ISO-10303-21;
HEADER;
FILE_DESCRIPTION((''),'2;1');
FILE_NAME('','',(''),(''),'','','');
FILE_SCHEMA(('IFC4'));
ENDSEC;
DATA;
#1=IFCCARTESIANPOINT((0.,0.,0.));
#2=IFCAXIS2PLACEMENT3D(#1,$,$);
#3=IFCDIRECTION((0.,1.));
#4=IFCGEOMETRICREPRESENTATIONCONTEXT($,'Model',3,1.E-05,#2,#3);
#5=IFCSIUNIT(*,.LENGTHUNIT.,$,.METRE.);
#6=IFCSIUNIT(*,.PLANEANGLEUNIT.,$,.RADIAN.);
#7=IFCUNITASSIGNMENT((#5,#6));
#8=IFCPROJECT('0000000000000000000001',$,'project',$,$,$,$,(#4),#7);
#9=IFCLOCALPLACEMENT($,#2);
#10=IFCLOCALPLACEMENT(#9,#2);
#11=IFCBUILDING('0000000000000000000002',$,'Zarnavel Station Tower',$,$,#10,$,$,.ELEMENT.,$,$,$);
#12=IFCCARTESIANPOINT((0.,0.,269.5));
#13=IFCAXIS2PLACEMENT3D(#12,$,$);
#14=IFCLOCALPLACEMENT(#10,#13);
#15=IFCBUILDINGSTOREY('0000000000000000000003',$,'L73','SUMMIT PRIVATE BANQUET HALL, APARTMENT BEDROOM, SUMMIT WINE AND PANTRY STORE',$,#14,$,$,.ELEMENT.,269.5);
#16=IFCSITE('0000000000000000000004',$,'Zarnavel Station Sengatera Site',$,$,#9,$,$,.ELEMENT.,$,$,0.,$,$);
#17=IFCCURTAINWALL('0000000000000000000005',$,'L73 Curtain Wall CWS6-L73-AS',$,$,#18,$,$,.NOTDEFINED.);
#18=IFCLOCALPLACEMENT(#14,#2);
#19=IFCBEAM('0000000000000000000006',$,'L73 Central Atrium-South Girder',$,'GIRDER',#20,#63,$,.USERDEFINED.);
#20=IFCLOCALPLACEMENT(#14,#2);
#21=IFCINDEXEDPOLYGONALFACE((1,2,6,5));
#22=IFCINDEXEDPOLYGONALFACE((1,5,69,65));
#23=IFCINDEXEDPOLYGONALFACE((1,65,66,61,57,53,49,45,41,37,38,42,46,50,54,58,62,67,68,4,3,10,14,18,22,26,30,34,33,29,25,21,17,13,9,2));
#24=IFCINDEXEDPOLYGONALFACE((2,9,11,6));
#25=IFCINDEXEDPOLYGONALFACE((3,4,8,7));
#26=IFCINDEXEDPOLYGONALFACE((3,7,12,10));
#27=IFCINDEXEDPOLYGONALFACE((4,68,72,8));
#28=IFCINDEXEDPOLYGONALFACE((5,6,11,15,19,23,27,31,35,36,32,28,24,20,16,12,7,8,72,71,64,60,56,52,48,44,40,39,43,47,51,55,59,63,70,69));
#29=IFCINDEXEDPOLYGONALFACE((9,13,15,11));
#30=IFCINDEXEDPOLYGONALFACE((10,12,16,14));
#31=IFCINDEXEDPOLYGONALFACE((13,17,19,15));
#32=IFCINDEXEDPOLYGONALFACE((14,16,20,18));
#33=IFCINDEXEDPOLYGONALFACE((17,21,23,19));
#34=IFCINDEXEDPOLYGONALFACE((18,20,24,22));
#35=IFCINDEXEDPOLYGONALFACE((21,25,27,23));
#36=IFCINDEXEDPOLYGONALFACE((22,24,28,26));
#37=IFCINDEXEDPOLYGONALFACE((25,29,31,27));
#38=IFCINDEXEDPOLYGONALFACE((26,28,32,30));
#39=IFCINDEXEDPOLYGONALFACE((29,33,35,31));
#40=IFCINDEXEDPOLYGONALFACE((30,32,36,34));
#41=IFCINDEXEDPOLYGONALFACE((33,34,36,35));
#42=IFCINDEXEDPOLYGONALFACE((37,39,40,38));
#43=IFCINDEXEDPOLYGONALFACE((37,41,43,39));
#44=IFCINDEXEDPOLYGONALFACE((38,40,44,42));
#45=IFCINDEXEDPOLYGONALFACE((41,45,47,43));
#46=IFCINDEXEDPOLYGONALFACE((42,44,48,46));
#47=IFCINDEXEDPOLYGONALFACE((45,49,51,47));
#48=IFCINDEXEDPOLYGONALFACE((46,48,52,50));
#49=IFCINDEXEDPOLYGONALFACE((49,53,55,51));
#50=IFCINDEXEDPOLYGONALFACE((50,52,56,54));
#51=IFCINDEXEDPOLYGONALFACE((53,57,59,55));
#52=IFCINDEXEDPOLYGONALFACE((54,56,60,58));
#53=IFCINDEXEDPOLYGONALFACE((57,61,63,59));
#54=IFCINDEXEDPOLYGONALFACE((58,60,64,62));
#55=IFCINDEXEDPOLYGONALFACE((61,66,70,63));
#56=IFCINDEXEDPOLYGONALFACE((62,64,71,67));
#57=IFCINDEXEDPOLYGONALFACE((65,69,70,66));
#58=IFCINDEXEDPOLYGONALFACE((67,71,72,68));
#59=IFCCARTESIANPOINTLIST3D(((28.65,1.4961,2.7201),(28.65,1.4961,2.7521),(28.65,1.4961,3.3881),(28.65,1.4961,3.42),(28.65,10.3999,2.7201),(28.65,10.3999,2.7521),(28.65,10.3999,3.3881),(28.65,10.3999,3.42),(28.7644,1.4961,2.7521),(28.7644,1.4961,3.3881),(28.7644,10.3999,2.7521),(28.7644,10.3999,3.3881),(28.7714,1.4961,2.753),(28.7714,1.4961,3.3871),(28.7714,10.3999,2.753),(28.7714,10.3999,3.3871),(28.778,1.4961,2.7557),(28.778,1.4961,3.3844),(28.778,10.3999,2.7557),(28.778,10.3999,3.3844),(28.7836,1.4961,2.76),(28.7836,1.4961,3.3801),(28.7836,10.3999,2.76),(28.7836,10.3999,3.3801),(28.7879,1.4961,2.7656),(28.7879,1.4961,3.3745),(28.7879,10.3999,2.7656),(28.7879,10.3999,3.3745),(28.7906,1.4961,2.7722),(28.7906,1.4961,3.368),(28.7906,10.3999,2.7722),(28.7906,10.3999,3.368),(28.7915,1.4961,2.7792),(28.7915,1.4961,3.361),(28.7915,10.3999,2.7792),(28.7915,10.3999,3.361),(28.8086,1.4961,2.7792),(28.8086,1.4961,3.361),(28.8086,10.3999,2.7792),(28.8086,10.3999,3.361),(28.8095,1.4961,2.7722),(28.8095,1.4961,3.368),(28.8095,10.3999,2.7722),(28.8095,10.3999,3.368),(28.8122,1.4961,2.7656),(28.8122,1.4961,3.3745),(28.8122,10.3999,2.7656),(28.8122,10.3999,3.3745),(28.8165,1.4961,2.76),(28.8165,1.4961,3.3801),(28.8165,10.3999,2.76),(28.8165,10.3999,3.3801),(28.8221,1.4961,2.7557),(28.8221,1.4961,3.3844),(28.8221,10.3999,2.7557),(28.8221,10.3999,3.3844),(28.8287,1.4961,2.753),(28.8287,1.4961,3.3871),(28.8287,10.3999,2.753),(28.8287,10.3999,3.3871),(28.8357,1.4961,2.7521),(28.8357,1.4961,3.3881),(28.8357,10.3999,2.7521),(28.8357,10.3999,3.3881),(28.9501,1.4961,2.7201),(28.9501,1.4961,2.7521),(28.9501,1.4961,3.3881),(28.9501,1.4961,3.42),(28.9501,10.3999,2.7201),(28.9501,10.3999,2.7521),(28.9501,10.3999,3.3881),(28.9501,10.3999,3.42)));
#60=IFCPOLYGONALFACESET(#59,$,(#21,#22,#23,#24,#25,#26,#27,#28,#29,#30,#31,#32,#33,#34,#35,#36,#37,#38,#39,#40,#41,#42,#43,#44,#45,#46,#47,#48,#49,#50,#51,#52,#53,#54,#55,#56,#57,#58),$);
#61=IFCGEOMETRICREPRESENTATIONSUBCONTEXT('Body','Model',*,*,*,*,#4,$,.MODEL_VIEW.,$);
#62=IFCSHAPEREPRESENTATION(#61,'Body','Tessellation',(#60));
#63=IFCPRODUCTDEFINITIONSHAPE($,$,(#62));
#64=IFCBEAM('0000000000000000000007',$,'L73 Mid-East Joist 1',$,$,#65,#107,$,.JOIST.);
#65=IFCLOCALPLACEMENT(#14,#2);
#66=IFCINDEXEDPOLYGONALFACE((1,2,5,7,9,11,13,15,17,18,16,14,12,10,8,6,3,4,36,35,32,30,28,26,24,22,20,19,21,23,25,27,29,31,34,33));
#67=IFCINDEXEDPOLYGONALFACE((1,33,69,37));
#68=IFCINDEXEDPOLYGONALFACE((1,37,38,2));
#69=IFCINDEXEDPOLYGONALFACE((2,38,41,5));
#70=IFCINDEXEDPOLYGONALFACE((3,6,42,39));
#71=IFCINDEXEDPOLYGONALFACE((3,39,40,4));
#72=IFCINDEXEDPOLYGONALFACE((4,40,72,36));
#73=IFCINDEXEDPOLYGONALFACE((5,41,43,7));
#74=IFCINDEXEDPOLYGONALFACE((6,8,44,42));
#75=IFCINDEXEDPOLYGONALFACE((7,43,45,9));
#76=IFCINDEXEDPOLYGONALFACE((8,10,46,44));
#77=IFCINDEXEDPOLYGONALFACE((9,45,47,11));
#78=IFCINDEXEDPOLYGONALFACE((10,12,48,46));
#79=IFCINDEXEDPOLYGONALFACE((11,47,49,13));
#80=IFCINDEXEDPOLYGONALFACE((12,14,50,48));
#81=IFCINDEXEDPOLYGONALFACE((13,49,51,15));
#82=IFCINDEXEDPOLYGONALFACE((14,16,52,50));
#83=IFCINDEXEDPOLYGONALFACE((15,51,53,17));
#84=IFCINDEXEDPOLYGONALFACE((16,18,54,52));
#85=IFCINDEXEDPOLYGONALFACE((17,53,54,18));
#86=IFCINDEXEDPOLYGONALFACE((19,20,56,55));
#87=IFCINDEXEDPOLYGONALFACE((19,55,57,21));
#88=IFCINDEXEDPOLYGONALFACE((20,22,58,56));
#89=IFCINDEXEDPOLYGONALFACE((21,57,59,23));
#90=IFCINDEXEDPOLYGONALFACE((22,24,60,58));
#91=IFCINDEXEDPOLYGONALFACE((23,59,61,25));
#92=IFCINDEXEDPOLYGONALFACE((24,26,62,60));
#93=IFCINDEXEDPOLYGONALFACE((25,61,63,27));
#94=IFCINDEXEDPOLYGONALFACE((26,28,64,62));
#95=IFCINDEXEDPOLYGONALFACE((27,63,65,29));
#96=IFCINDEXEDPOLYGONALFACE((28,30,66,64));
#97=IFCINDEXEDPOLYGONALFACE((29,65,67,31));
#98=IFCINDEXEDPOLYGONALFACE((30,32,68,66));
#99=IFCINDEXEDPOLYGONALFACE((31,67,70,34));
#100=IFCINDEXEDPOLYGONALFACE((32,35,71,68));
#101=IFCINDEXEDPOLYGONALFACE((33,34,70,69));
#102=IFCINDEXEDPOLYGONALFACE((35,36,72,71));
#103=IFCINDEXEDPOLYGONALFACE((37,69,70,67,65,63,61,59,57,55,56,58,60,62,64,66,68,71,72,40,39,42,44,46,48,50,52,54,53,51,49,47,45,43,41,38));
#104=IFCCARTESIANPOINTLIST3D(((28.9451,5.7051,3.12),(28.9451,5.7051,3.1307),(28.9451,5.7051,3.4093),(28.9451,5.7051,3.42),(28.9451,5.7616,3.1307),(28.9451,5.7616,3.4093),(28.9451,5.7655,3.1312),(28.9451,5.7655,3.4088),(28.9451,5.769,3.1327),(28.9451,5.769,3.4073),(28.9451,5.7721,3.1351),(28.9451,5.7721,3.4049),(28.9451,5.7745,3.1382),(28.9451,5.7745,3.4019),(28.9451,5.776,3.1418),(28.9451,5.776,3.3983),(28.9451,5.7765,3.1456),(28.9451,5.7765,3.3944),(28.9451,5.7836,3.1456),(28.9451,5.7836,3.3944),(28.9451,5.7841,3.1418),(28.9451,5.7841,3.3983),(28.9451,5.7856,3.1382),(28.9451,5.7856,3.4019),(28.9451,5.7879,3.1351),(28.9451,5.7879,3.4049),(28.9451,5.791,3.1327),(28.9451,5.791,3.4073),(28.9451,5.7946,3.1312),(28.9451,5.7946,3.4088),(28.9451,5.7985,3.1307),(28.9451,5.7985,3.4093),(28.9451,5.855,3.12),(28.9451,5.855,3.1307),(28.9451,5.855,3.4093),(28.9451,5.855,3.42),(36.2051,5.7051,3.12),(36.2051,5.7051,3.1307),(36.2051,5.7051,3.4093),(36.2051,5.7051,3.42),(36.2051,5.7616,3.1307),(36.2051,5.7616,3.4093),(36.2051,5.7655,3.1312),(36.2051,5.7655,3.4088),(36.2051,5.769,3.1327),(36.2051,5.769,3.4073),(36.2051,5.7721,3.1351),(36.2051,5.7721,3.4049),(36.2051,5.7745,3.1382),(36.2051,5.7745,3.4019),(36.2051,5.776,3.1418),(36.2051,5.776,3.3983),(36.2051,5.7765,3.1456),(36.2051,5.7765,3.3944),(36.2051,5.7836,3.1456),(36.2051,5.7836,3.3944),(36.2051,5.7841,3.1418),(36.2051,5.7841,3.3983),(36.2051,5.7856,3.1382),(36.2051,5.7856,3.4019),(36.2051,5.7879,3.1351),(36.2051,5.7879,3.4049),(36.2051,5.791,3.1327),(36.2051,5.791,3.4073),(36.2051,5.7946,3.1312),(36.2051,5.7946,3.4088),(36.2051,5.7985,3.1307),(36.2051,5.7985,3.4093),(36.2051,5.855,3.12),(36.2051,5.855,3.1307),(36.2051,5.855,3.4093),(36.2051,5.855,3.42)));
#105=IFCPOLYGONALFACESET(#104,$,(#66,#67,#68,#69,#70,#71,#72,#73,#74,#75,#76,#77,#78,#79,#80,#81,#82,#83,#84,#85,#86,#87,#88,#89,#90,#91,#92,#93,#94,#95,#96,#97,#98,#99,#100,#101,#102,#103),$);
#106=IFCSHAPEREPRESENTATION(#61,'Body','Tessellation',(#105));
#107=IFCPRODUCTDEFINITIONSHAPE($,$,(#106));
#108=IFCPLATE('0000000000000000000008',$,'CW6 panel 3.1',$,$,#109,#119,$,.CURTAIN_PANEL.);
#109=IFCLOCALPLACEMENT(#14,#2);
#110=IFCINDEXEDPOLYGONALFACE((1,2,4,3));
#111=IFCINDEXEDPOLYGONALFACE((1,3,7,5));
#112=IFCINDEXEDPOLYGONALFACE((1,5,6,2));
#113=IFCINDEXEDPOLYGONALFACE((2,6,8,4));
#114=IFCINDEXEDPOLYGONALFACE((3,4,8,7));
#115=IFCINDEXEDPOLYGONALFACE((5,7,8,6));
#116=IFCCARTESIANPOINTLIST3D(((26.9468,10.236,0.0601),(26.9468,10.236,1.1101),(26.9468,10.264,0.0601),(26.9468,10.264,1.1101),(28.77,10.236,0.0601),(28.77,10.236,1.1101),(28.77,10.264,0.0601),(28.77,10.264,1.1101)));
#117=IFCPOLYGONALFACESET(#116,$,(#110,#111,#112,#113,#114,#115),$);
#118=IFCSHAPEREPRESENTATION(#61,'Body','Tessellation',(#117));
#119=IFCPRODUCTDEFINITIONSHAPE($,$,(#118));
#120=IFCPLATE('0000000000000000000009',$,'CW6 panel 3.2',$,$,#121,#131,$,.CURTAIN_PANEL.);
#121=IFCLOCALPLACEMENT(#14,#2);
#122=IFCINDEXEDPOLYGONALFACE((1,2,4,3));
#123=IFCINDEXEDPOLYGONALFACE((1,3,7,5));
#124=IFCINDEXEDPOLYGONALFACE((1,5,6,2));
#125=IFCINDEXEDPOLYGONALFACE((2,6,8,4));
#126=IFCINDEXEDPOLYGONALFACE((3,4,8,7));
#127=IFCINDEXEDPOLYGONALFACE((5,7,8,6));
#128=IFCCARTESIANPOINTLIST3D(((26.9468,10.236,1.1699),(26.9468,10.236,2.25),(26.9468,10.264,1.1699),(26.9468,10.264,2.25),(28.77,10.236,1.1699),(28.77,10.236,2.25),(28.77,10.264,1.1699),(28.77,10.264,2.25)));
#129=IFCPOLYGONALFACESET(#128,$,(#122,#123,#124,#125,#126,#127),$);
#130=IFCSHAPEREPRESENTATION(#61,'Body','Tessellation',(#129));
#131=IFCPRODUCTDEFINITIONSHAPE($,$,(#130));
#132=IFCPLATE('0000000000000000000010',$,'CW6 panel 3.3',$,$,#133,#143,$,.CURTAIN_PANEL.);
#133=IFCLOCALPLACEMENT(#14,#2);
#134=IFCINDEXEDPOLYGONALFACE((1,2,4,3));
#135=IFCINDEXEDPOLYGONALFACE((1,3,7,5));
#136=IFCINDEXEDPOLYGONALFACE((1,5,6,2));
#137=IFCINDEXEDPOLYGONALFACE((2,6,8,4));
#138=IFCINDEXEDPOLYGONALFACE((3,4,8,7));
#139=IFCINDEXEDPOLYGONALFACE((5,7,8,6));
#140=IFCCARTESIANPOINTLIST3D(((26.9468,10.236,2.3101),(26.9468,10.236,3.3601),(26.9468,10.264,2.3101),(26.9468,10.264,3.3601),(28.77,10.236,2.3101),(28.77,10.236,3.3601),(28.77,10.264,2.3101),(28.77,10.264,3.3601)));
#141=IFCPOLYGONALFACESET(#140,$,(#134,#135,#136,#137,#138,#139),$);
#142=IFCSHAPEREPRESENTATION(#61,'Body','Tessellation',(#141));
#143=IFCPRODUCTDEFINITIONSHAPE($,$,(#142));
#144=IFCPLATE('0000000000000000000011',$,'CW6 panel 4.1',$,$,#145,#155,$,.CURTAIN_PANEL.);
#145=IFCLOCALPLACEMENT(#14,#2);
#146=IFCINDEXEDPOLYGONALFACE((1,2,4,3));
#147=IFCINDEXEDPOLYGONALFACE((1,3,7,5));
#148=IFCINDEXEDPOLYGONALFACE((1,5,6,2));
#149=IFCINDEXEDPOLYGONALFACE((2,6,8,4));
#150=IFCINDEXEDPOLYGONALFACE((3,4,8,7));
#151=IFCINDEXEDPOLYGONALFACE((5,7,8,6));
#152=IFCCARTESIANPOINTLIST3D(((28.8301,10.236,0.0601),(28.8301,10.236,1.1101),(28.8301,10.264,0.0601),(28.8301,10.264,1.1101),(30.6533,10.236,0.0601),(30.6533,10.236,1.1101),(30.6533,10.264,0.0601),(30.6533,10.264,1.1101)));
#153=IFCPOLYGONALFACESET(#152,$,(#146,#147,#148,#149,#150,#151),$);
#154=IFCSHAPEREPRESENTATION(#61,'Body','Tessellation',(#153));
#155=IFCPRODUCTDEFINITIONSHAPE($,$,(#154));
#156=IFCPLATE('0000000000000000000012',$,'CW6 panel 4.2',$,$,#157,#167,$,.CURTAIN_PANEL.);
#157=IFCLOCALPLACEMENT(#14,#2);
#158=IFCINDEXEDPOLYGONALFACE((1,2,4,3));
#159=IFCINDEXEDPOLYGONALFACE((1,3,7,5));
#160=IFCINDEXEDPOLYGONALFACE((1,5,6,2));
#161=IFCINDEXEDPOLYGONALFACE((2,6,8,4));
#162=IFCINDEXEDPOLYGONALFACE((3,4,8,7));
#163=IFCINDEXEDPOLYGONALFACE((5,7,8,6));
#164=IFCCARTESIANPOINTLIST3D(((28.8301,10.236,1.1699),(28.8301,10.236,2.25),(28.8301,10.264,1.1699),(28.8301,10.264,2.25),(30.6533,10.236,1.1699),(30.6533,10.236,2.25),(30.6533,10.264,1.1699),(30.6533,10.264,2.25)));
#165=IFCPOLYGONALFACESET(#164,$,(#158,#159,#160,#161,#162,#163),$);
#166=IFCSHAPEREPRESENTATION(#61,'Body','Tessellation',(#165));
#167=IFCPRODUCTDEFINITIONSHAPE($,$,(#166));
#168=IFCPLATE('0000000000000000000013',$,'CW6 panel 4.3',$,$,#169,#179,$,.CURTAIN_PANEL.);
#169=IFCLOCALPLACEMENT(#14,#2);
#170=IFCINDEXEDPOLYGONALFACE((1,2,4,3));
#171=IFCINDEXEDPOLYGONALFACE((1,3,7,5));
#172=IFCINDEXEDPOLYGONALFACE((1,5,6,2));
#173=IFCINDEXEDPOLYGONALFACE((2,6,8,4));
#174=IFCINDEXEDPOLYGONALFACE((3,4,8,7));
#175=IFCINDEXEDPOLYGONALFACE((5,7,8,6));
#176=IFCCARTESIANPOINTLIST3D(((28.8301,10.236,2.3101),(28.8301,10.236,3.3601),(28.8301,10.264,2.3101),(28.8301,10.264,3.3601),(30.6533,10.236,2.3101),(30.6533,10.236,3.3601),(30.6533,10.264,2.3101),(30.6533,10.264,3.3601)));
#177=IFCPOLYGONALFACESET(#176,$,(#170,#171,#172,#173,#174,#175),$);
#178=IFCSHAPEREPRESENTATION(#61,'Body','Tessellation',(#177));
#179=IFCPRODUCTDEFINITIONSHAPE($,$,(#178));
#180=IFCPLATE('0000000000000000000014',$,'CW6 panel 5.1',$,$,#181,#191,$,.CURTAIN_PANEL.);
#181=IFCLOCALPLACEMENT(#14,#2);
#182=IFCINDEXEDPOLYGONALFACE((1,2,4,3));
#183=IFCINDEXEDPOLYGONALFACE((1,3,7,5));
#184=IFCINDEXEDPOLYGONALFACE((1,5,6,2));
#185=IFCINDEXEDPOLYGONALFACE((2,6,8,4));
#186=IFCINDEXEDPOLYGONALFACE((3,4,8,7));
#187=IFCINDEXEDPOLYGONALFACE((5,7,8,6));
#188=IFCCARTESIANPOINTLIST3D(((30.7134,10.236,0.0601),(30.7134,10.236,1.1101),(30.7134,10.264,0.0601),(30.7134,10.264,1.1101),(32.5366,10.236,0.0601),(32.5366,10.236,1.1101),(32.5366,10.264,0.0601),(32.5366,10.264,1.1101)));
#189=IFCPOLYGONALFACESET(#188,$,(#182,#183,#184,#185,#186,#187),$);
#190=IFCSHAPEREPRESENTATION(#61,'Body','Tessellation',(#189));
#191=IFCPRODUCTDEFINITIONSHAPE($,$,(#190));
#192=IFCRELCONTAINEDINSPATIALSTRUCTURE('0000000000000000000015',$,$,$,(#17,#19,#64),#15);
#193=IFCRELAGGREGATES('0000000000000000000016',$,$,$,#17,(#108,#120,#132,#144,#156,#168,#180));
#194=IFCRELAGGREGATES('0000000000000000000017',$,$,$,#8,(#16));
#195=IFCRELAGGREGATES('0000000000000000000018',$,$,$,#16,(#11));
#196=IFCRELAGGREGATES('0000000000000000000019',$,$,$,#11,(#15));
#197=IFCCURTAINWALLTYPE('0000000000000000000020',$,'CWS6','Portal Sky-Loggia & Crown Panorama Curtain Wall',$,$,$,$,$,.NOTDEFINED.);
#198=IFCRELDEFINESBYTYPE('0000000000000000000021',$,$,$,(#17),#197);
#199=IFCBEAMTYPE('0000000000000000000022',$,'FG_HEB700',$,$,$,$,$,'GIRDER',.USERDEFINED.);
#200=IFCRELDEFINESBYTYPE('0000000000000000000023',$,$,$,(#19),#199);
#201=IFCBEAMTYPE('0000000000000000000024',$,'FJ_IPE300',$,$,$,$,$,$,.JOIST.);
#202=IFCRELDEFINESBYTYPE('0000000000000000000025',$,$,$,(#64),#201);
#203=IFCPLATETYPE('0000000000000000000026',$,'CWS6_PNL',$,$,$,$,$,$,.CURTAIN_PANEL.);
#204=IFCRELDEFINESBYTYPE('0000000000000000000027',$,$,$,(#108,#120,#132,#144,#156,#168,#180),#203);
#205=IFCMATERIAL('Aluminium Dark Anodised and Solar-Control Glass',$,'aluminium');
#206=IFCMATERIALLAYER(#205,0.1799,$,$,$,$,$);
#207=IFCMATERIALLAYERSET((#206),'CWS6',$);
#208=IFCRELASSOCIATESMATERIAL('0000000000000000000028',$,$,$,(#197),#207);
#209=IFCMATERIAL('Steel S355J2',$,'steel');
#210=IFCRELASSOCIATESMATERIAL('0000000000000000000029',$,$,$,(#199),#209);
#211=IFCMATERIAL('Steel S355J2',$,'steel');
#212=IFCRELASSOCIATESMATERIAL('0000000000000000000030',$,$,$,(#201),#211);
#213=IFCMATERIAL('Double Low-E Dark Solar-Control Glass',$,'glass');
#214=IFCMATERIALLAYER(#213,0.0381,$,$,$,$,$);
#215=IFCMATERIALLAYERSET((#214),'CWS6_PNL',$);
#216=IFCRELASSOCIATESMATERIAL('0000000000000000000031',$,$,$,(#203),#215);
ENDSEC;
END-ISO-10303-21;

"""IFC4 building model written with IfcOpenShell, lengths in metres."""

from ifc_helpers import new_model, si_unit, direction, frame, origin, origin_2d, place, context, subcontext, project, spatial, rectangle, i_section, extrude, material, layer, layer_set, material_profile, profile_set, type_object, element, aggregate, save


model = new_model("IFC4")

# Units and contexts
model_context = context("Model", 3, precision=1e-05, world=origin(), true_north=direction((0.0, 1.0)))
body_context = subcontext(model_context, "Body", "Model", "MODEL_VIEW")
ifc_project = project(units=[si_unit("LENGTHUNIT", "METRE"), si_unit("PLANEANGLEUNIT", "RADIAN")], contexts=[model_context])

# Site, building, storey
site_placement = place(None, origin())
site = spatial("IfcSite", under=ifc_project, at=site_placement, Name="Zarnavel Station Sengatera Site", CompositionType="ELEMENT", RefElevation=0.0)
building_placement = place(site_placement, origin())
building = spatial("IfcBuilding", under=site, at=building_placement, Name="Zarnavel Station Tower", CompositionType="ELEMENT")
storey_placement = place(building_placement, frame((0.0, 0.0, 269.5)))
storey = spatial("IfcBuildingStorey", under=building, at=storey_placement, Name="L73", Description="SUMMIT PRIVATE BANQUET HALL, APARTMENT BEDROOM, SUMMIT WINE AND PANTRY STORE", CompositionType="ELEMENT", Elevation=269.5)

# Curtain wall
ifc_material_1 = material(Name="Aluminium Dark Anodised and Solar-Control Glass", Category="aluminium")
ifc_layer_1 = layer(ifc_material_1, 0.1799)
ifc_layer_set_1 = layer_set([ifc_layer_1], Name="CWS6")
curtain_wall_type = type_object("IfcCurtainWallType", Name="CWS6", Description="Portal Sky-Loggia & Crown Panorama Curtain Wall", PredefinedType="NOTDEFINED", material=ifc_layer_set_1)
curtain_wall_placement = place(storey_placement, origin())
curtain_wall = element("IfcCurtainWall", 1, at=curtain_wall_placement, inside=storey, type_object=curtain_wall_type, Name="L73 Curtain Wall CWS6-L73-AS", PredefinedType="NOTDEFINED")

# Beams
ifc_material_2 = material(Name="Steel S355J2", Category="steel")
ifc_material_profile_1 = material_profile(ifc_material_2, i_section(OverallWidth=0.3, OverallDepth=0.7, WebThickness=0.0171, FlangeThickness=0.032, FilletRadius=0.0271, at=origin_2d()), Name="HEB700")
ifc_profile_set_1 = profile_set([ifc_material_profile_1], Name="Steel S355J2")
beam_type_1 = type_object("IfcBeamType", Name="FG_HEB700", ElementType="GIRDER", PredefinedType="USERDEFINED", material=ifc_profile_set_1)
beam_1_placement = place(storey_placement, frame((28.8, 1.4961, 3.0701), z_axis=(0.0, 1.0, 0.0), x_axis=(-1.0, 0.0, 0.0)))
element("IfcBeam", 2, at=beam_1_placement, inside=storey, type_object=beam_type_1, Name="L73 Central Atrium-South Girder", ObjectType="GIRDER", PredefinedType="USERDEFINED", context=body_context, shape_type="SweptSolid", body=[
    extrude(i_section(OverallWidth=0.3, OverallDepth=0.7, WebThickness=0.0171, FlangeThickness=0.032, FilletRadius=0.0271, at=origin_2d()), origin(), (0.0, 0.0, 1.0), 8.9038),
])
ifc_material_3 = material(Name="Steel S355J2", Category="steel")
ifc_material_profile_2 = material_profile(ifc_material_3, i_section(OverallWidth=0.1499, OverallDepth=0.3, WebThickness=0.0071, FlangeThickness=0.0107, FilletRadius=0.0149, at=origin_2d()), Name="IPE300")
ifc_profile_set_2 = profile_set([ifc_material_profile_2], Name="Steel S355J2")
beam_type_2 = type_object("IfcBeamType", Name="FJ_IPE300", PredefinedType="JOIST", material=ifc_profile_set_2)
beam_2_placement = place(storey_placement, frame((28.9451, 5.78, 3.27), z_axis=(1.0, 0.0, 0.0), x_axis=(0.0, 1.0, 0.0)))
element("IfcBeam", 3, at=beam_2_placement, inside=storey, type_object=beam_type_2, Name="L73 Mid-East Joist 1", PredefinedType="JOIST", context=body_context, shape_type="SweptSolid", body=[
    extrude(i_section(OverallWidth=0.1499, OverallDepth=0.3, WebThickness=0.0071, FlangeThickness=0.0107, FilletRadius=0.0149, at=origin_2d()), origin(), (0.0, 0.0, 1.0), 7.26),
])

# Plates
ifc_material_4 = material(Name="Double Low-E Dark Solar-Control Glass", Category="glass")
ifc_layer_2 = layer(ifc_material_4, 0.0381)
ifc_layer_set_2 = layer_set([ifc_layer_2], Name="CWS6_PNL")
plate_type = type_object("IfcPlateType", Name="CWS6_PNL", PredefinedType="CURTAIN_PANEL", material=ifc_layer_set_2)
plate_1_placement = place(storey_placement, frame((27.8584, 10.25, 0.0601), z_axis=(0.0, 0.0, 1.0), x_axis=(1.0, 0.0, 0.0)))
plate_1 = element("IfcPlate", 4, at=plate_1_placement, type_object=plate_type, Name="CW6 panel 3.1", PredefinedType="CURTAIN_PANEL", context=body_context, shape_type="SweptSolid", body=[
    extrude(rectangle(XDim=1.8232, YDim=0.0281, at=origin_2d()), origin(), (0.0, 0.0, 1.0), 1.05),
])
plate_2_placement = place(storey_placement, frame((27.8584, 10.25, 1.1699), z_axis=(0.0, 0.0, 1.0), x_axis=(1.0, 0.0, 0.0)))
plate_2 = element("IfcPlate", 5, at=plate_2_placement, type_object=plate_type, Name="CW6 panel 3.2", PredefinedType="CURTAIN_PANEL", context=body_context, shape_type="SweptSolid", body=[
    extrude(rectangle(XDim=1.8232, YDim=0.0281, at=origin_2d()), origin(), (0.0, 0.0, 1.0), 1.0801),
])
plate_3_placement = place(storey_placement, frame((27.8584, 10.25, 2.3101), z_axis=(0.0, 0.0, 1.0), x_axis=(1.0, 0.0, 0.0)))
plate_3 = element("IfcPlate", 6, at=plate_3_placement, type_object=plate_type, Name="CW6 panel 3.3", PredefinedType="CURTAIN_PANEL", context=body_context, shape_type="SweptSolid", body=[
    extrude(rectangle(XDim=1.8232, YDim=0.0281, at=origin_2d()), origin(), (0.0, 0.0, 1.0), 1.05),
])
plate_4_placement = place(storey_placement, frame((29.7417, 10.25, 0.0601), z_axis=(0.0, 0.0, 1.0), x_axis=(1.0, 0.0, 0.0)))
plate_4 = element("IfcPlate", 7, at=plate_4_placement, type_object=plate_type, Name="CW6 panel 4.1", PredefinedType="CURTAIN_PANEL", context=body_context, shape_type="SweptSolid", body=[
    extrude(rectangle(XDim=1.8232, YDim=0.0281, at=origin_2d()), origin(), (0.0, 0.0, 1.0), 1.05),
])
plate_5_placement = place(storey_placement, frame((29.7417, 10.25, 1.1699), z_axis=(0.0, 0.0, 1.0), x_axis=(1.0, 0.0, 0.0)))
plate_5 = element("IfcPlate", 8, at=plate_5_placement, type_object=plate_type, Name="CW6 panel 4.2", PredefinedType="CURTAIN_PANEL", context=body_context, shape_type="SweptSolid", body=[
    extrude(rectangle(XDim=1.8232, YDim=0.0281, at=origin_2d()), origin(), (0.0, 0.0, 1.0), 1.0801),
])
plate_6_placement = place(storey_placement, frame((29.7417, 10.25, 2.3101), z_axis=(0.0, 0.0, 1.0), x_axis=(1.0, 0.0, 0.0)))
plate_6 = element("IfcPlate", 9, at=plate_6_placement, type_object=plate_type, Name="CW6 panel 4.3", PredefinedType="CURTAIN_PANEL", context=body_context, shape_type="SweptSolid", body=[
    extrude(rectangle(XDim=1.8232, YDim=0.0281, at=origin_2d()), origin(), (0.0, 0.0, 1.0), 1.05),
])
plate_7_placement = place(storey_placement, frame((31.625, 10.25, 0.0601), z_axis=(0.0, 0.0, 1.0), x_axis=(1.0, 0.0, 0.0)))
plate_7 = element("IfcPlate", 10, at=plate_7_placement, type_object=plate_type, Name="CW6 panel 5.1", PredefinedType="CURTAIN_PANEL", context=body_context, shape_type="SweptSolid", body=[
    extrude(rectangle(XDim=1.8232, YDim=0.0281, at=origin_2d()), origin(), (0.0, 0.0, 1.0), 1.05),
])
aggregate(curtain_wall, [plate_1, plate_2, plate_3, plate_4, plate_5, plate_6, plate_7])

save(model, "model.ifc")
